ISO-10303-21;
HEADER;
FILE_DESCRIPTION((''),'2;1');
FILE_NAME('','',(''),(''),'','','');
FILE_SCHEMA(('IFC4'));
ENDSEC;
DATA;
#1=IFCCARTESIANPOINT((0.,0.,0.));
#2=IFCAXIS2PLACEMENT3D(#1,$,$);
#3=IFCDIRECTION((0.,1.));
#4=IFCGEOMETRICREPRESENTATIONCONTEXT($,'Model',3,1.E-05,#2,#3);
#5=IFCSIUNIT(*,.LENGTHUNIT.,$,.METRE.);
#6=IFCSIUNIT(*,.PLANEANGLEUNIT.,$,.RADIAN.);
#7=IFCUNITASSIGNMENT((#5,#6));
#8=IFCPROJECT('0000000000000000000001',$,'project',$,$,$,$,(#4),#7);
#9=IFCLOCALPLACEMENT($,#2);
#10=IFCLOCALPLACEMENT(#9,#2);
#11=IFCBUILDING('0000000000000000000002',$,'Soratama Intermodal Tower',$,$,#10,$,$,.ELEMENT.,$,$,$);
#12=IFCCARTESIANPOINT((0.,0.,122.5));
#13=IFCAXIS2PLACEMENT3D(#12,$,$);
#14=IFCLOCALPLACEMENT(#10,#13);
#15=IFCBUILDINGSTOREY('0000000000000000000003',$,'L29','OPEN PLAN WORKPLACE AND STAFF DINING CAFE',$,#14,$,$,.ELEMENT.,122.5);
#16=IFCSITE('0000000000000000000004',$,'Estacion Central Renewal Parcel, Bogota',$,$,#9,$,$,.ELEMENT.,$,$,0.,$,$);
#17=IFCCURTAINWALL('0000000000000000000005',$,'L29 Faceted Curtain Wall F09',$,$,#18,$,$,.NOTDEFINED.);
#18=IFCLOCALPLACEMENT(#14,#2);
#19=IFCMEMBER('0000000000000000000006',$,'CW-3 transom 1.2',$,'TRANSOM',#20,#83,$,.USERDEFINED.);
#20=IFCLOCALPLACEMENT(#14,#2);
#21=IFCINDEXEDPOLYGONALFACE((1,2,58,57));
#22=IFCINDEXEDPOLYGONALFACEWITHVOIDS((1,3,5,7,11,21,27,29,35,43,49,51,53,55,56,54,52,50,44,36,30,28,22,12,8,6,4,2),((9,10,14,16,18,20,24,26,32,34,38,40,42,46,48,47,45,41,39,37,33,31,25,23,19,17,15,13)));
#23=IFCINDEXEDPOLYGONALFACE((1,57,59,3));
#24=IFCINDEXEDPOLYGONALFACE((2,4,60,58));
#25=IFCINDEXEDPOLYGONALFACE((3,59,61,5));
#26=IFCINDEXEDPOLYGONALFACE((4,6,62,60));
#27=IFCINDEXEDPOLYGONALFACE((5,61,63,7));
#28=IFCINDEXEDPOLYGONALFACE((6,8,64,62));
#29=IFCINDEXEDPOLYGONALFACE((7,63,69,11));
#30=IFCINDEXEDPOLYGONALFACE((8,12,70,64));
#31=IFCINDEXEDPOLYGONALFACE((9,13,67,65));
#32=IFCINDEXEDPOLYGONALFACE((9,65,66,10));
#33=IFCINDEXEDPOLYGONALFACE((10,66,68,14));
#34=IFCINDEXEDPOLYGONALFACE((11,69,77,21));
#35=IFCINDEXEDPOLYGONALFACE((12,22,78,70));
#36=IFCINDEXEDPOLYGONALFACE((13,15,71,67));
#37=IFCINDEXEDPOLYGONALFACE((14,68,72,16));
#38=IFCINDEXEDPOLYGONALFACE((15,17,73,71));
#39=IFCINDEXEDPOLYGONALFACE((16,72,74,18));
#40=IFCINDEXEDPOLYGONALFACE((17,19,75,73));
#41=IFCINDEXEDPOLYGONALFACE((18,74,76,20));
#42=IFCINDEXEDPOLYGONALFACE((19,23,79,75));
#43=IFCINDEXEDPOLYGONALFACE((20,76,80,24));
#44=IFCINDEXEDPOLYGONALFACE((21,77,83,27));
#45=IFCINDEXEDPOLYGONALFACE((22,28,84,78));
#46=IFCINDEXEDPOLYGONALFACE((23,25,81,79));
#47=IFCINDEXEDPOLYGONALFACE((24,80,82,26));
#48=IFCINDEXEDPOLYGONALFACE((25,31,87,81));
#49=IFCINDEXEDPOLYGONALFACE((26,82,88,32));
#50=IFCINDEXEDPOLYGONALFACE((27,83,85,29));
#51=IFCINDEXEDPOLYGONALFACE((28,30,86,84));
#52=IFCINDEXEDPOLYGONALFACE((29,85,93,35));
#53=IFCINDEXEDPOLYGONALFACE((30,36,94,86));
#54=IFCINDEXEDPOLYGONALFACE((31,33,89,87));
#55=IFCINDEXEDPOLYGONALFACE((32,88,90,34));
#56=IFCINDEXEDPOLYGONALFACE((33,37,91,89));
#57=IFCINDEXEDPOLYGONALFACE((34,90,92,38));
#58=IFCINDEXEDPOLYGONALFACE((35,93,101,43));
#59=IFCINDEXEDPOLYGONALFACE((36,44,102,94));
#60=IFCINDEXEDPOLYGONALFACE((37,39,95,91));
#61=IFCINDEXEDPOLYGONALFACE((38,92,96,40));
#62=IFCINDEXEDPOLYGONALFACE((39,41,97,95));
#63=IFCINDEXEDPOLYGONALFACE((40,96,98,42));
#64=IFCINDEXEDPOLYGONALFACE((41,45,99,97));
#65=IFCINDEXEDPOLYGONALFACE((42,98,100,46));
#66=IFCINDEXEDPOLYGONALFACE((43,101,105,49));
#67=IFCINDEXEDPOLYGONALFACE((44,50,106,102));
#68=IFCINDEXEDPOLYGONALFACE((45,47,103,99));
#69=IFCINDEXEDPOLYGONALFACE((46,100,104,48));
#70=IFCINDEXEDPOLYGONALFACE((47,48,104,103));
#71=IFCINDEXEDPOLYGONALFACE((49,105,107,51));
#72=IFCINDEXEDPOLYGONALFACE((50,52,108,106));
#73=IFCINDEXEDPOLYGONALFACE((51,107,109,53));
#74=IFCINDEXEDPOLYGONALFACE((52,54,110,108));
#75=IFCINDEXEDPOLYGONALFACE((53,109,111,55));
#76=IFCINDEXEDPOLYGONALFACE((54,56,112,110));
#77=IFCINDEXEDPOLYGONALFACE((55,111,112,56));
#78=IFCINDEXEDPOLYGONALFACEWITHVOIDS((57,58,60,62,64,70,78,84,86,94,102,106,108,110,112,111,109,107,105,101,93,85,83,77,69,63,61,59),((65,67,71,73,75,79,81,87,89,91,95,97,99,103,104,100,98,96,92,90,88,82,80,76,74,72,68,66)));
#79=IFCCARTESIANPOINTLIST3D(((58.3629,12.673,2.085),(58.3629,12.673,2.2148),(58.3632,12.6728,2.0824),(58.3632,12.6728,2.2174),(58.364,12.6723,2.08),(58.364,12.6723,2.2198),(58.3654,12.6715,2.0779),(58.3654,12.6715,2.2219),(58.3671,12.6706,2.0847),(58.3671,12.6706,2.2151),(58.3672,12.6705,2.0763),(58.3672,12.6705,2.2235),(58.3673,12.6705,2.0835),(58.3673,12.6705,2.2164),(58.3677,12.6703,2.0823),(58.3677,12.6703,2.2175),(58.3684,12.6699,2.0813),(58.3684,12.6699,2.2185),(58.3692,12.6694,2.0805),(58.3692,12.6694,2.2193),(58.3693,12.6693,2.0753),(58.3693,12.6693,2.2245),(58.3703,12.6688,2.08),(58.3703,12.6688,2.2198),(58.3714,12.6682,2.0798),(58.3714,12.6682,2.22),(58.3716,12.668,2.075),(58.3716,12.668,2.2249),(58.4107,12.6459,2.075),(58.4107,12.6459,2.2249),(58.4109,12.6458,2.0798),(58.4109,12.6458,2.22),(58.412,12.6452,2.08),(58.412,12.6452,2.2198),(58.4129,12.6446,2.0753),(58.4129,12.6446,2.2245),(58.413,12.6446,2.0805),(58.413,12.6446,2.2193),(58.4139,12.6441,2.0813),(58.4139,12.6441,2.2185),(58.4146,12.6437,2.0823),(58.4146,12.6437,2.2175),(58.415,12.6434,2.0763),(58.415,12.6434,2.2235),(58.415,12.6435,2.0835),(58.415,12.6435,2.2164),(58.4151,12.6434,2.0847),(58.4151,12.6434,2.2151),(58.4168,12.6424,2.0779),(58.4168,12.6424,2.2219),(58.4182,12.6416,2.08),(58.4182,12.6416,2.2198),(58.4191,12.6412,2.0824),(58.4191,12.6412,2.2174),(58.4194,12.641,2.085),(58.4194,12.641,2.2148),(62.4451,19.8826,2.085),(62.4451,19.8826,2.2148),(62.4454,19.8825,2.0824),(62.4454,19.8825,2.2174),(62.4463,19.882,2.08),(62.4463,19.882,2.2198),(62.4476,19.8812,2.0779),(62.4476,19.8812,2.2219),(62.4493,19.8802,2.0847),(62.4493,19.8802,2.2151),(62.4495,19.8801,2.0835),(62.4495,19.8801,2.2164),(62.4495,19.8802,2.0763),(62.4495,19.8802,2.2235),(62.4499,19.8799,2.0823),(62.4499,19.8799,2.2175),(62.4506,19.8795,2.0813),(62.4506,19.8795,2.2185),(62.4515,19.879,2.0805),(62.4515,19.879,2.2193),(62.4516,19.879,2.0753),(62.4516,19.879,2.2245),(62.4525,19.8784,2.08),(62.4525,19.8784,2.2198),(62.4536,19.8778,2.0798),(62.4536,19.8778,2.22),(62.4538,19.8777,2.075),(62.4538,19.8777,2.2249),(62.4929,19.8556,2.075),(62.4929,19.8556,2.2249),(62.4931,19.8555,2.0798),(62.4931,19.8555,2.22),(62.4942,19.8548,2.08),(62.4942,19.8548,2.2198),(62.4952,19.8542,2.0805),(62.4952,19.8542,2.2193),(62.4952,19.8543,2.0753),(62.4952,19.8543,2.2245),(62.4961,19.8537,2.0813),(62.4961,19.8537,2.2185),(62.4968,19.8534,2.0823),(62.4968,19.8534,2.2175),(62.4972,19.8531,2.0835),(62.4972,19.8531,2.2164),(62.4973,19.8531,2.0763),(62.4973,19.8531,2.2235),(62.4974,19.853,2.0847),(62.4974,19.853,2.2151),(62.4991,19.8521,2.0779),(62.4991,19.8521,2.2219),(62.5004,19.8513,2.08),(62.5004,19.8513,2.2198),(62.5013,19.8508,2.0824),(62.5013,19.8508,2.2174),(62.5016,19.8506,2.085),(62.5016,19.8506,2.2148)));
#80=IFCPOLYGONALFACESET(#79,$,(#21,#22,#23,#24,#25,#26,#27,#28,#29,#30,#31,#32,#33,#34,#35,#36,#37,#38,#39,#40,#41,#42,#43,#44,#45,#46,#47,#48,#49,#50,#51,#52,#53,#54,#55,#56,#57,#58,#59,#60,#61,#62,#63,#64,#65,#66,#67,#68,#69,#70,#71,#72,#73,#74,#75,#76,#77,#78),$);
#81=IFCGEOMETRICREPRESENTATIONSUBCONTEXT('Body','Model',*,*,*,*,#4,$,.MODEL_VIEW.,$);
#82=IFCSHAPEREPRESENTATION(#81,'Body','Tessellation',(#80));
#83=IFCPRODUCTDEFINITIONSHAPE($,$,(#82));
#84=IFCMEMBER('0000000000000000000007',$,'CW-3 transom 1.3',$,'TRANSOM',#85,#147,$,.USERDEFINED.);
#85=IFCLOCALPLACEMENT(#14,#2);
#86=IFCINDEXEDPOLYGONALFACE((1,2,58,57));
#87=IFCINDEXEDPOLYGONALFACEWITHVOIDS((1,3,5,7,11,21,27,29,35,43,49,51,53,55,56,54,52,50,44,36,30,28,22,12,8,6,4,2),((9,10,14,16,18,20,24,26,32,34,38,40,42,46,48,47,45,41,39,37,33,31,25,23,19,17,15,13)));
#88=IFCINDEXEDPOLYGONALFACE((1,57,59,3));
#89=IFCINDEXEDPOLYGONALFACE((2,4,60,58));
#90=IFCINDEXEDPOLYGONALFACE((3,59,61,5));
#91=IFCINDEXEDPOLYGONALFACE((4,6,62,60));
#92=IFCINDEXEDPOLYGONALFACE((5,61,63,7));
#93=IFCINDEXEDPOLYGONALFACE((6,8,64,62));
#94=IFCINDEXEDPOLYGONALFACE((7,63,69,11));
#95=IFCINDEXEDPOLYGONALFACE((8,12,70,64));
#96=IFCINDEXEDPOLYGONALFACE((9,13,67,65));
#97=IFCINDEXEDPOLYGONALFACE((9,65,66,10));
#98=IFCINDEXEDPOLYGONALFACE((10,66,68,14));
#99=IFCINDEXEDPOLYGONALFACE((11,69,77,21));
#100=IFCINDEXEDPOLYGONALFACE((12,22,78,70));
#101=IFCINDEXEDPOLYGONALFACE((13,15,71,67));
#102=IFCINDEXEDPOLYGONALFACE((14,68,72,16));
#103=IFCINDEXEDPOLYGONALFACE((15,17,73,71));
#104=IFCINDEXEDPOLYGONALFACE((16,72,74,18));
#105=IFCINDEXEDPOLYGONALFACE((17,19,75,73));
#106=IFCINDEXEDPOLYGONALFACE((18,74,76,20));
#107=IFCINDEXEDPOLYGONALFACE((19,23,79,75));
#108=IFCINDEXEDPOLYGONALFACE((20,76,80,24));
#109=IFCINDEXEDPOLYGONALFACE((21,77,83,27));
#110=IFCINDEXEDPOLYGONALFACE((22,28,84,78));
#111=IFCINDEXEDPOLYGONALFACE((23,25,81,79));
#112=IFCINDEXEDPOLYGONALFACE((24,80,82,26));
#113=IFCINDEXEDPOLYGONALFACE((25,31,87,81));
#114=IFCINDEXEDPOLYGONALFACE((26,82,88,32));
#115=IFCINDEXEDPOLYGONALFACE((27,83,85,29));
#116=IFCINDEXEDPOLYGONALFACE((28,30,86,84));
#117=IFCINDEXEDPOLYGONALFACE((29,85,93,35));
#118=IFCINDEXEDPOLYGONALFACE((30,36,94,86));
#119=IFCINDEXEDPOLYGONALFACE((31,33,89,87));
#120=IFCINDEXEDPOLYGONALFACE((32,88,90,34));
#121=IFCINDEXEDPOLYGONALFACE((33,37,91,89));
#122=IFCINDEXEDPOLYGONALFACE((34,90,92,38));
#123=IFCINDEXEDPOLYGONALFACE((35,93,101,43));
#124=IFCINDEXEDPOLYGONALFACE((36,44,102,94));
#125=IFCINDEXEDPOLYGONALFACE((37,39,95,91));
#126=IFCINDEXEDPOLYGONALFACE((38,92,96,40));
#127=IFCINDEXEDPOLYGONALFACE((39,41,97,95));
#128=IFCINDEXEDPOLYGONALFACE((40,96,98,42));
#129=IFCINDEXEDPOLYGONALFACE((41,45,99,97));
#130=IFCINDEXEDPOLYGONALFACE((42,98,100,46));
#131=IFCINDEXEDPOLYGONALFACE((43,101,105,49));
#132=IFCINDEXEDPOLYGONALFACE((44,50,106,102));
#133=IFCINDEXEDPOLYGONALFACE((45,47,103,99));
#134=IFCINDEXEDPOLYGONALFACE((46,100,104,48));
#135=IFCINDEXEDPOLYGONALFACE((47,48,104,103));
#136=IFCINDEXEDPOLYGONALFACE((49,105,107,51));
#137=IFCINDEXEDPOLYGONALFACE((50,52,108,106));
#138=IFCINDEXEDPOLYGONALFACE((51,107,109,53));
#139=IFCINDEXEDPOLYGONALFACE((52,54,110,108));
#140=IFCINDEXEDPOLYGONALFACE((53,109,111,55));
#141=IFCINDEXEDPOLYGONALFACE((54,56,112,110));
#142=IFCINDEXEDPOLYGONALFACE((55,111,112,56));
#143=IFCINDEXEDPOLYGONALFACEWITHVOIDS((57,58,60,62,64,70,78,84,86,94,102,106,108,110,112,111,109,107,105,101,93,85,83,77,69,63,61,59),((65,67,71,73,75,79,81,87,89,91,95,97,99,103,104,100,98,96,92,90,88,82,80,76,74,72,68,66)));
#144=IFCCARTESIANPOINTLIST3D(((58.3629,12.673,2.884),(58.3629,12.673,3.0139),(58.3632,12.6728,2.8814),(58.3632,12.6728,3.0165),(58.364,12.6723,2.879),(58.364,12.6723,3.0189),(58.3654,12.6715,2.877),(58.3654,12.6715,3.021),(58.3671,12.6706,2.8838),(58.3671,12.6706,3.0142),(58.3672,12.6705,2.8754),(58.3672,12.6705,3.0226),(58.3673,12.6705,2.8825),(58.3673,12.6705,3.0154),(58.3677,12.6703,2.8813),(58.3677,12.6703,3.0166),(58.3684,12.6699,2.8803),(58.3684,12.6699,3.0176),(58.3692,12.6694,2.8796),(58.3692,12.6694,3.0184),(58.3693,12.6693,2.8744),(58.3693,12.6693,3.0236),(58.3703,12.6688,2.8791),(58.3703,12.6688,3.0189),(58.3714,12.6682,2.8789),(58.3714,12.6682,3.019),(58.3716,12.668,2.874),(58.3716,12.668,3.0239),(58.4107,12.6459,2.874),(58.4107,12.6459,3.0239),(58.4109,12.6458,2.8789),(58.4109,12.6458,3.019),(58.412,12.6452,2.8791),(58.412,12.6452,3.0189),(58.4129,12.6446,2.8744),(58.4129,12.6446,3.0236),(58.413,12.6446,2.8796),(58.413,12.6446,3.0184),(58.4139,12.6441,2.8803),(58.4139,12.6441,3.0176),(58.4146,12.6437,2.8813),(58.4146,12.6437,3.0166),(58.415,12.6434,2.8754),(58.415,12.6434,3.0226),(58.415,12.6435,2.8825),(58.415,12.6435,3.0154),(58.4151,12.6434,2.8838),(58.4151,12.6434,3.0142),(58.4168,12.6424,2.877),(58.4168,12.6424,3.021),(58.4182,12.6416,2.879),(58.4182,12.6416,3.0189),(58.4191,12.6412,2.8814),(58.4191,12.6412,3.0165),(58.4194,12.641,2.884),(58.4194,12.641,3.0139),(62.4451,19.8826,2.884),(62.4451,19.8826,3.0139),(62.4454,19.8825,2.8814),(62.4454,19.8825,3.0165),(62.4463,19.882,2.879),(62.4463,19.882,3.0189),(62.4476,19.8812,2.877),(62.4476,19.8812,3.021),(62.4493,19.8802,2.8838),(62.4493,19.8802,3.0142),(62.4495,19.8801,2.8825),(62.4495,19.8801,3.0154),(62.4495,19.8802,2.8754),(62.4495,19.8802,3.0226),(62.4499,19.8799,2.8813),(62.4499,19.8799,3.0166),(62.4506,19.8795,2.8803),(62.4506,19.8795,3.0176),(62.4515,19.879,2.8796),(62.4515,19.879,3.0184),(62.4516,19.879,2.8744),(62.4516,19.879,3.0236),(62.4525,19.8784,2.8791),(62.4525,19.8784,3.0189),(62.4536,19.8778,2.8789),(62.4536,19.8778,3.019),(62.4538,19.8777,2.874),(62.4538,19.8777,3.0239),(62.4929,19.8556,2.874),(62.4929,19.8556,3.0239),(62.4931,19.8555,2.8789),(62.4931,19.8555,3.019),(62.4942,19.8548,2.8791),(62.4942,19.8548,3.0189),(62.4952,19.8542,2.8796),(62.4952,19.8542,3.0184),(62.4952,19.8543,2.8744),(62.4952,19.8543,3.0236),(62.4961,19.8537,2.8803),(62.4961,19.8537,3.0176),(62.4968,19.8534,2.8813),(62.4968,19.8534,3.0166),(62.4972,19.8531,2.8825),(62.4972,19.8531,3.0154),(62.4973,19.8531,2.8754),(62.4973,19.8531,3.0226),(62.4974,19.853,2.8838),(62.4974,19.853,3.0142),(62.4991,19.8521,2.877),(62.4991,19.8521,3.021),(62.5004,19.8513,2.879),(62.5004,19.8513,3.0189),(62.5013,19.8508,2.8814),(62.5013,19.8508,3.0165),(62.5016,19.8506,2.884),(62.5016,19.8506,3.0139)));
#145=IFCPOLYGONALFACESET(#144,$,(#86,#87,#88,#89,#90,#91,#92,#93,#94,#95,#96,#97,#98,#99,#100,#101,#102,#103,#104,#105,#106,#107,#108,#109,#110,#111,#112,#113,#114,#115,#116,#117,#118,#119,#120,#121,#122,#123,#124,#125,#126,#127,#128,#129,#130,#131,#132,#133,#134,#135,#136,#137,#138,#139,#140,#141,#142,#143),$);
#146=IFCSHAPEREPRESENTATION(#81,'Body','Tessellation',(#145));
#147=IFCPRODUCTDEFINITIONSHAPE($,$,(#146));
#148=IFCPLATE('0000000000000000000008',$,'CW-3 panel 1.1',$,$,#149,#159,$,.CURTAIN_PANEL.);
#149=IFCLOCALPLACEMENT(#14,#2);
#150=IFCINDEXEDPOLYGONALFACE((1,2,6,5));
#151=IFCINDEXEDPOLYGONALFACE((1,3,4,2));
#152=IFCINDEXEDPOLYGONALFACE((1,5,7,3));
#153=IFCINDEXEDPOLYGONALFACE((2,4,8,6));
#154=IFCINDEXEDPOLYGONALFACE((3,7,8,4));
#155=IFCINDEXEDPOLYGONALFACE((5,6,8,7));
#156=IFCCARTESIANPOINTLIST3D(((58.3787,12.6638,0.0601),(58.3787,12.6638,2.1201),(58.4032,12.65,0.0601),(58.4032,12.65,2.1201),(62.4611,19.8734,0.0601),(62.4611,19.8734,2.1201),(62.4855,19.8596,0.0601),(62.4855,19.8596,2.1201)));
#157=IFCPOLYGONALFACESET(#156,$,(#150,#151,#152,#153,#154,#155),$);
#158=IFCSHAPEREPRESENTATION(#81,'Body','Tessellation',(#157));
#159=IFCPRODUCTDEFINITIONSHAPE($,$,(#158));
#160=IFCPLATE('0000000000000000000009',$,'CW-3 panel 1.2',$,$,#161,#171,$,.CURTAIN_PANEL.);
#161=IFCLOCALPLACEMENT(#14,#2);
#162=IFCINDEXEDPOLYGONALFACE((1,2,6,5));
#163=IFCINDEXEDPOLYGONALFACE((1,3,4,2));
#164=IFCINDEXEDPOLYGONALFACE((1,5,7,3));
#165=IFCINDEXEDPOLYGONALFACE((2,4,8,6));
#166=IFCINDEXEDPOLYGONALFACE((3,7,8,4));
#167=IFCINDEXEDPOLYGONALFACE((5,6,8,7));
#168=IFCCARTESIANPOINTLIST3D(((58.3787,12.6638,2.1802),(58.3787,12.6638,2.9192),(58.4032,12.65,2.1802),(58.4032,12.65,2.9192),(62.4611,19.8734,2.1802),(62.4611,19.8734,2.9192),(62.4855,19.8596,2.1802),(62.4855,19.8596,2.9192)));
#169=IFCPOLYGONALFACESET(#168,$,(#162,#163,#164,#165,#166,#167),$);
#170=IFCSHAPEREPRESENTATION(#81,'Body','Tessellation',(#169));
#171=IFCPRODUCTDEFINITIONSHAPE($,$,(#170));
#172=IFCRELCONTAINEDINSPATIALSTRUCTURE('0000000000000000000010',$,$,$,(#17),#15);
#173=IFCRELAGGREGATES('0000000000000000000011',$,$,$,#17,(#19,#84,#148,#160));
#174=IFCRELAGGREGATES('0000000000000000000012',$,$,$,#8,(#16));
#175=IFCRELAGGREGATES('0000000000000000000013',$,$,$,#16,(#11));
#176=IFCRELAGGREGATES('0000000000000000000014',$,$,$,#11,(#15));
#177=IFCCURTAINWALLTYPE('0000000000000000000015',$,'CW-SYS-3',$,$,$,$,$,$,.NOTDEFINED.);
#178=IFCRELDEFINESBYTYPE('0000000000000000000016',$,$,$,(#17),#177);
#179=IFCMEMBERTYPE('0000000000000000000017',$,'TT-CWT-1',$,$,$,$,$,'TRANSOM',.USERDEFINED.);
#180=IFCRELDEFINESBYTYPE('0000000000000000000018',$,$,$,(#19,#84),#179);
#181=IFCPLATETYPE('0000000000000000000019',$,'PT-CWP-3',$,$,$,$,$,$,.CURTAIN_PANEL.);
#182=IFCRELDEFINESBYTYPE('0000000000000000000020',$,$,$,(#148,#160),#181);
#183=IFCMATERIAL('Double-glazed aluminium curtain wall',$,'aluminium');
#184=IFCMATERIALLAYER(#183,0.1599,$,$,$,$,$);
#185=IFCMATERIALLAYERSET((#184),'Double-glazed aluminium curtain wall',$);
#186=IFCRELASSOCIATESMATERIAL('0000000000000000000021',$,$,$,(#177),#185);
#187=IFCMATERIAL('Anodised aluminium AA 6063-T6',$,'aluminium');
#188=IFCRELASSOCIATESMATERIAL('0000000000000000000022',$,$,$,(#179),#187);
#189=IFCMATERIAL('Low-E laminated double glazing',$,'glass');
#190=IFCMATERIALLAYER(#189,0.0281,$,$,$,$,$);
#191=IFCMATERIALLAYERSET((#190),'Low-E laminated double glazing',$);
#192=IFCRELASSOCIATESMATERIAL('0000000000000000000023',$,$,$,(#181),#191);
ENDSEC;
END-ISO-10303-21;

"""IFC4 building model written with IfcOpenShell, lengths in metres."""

from ifc_helpers import new_model, si_unit, direction, frame, origin, origin_2d, place, context, subcontext, project, spatial, rectangle, hollow_rectangle, extrude, material, layer, layer_set, material_profile, profile_set, type_object, element, aggregate, save


model = new_model("IFC4")

# Units and contexts
model_context = context("Model", 3, precision=1e-05, world=origin(), true_north=direction((0.0, 1.0)))
body_context = subcontext(model_context, "Body", "Model", "MODEL_VIEW")
ifc_project = project(units=[si_unit("LENGTHUNIT", "METRE"), si_unit("PLANEANGLEUNIT", "RADIAN")], contexts=[model_context])

# Site, building, storey
site_placement = place(None, origin())
site = spatial("IfcSite", under=ifc_project, at=site_placement, Name="Estacion Central Renewal Parcel, Bogota", CompositionType="ELEMENT", RefElevation=0.0)
building_placement = place(site_placement, origin())
building = spatial("IfcBuilding", under=site, at=building_placement, Name="Soratama Intermodal Tower", CompositionType="ELEMENT")
storey_placement = place(building_placement, frame((0.0, 0.0, 122.5)))
storey = spatial("IfcBuildingStorey", under=building, at=storey_placement, Name="L29", Description="OPEN PLAN WORKPLACE AND STAFF DINING CAFE", CompositionType="ELEMENT", Elevation=122.5)

# Curtain wall, members, plates
ifc_material_1 = material(Name="Double-glazed aluminium curtain wall", Category="aluminium")
ifc_layer_1 = layer(ifc_material_1, 0.1599)
ifc_layer_set_1 = layer_set([ifc_layer_1], Name="Double-glazed aluminium curtain wall")
curtain_wall_type = type_object("IfcCurtainWallType", Name="CW-SYS-3", PredefinedType="NOTDEFINED", material=ifc_layer_set_1)
curtain_wall_placement = place(storey_placement, origin())
curtain_wall = element("IfcCurtainWall", 1, at=curtain_wall_placement, inside=storey, type_object=curtain_wall_type, Name="L29 Faceted Curtain Wall F09", PredefinedType="NOTDEFINED")
ifc_material_2 = material(Name="Anodised aluminium AA 6063-T6", Category="aluminium")
ifc_material_profile_1 = material_profile(ifc_material_2, hollow_rectangle(XDim=0.0649, YDim=0.1499, WallThickness=0.0049, InnerFilletRadius=0.0049, OuterFilletRadius=0.01, at=origin_2d()), Name="CWT150X65X5")
ifc_profile_set_1 = profile_set([ifc_material_profile_1], Name="Anodised aluminium AA 6063-T6")
member_type_1 = type_object("IfcMemberType", Name="TT-CWT-1", ElementType="TRANSOM", PredefinedType="USERDEFINED", material=ifc_profile_set_1)
member_1_placement = place(storey_placement, frame((58.3911, 12.657, 2.1499), z_axis=(0.492717, 0.870189, 0.0), x_axis=(-0.870189, 0.492717, 0.0)))
member_1 = element("IfcMember", 2, at=member_1_placement, type_object=member_type_1, Name="CW-3 transom 1.2", ObjectType="TRANSOM", PredefinedType="USERDEFINED", context=body_context, shape_type="SweptSolid", body=[
    extrude(hollow_rectangle(XDim=0.0649, YDim=0.1499, WallThickness=0.0049, InnerFilletRadius=0.0049, OuterFilletRadius=0.01, at=origin_2d()), origin(), (0.0, 0.0, 1.0), 8.2852),
])
member_2_placement = place(storey_placement, frame((58.3911, 12.657, 2.949), z_axis=(0.492717, 0.870189, 0.0), x_axis=(-0.870189, 0.492717, 0.0)))
member_2 = element("IfcMember", 3, at=member_2_placement, type_object=member_type_1, Name="CW-3 transom 1.3", ObjectType="TRANSOM", PredefinedType="USERDEFINED", context=body_context, shape_type="SweptSolid", body=[
    extrude(hollow_rectangle(XDim=0.0649, YDim=0.1499, WallThickness=0.0049, InnerFilletRadius=0.0049, OuterFilletRadius=0.01, at=origin_2d()), origin(), (0.0, 0.0, 1.0), 8.2852),
])
ifc_material_3 = material(Name="Low-E laminated double glazing", Category="glass")
ifc_layer_2 = layer(ifc_material_3, 0.0281)
ifc_layer_set_2 = layer_set([ifc_layer_2], Name="Low-E laminated double glazing")
plate_type = type_object("IfcPlateType", Name="PT-CWP-3", PredefinedType="CURTAIN_PANEL", material=ifc_layer_set_2)
plate_1_placement = place(storey_placement, frame((60.4321, 16.2617, 0.0601), z_axis=(0.0, 0.0, 1.0), x_axis=(0.492728, 0.870183, 0.0)))
plate_1 = element("IfcPlate", 4, at=plate_1_placement, type_object=plate_type, Name="CW-3 panel 1.1", PredefinedType="CURTAIN_PANEL", context=body_context, shape_type="SweptSolid", body=[
    extrude(rectangle(XDim=8.2852, YDim=0.0281, at=origin_2d()), origin(), (0.0, 0.0, 1.0), 2.0601),
])
plate_2_placement = place(storey_placement, frame((60.4321, 16.2617, 2.1802), z_axis=(0.0, 0.0, 1.0), x_axis=(0.492728, 0.870183, 0.0)))
plate_2 = element("IfcPlate", 5, at=plate_2_placement, type_object=plate_type, Name="CW-3 panel 1.2", PredefinedType="CURTAIN_PANEL", context=body_context, shape_type="SweptSolid", body=[
    extrude(rectangle(XDim=8.2852, YDim=0.0281, at=origin_2d()), origin(), (0.0, 0.0, 1.0), 0.739),
])
aggregate(curtain_wall, [member_1, member_2, plate_1, plate_2])

save(model, "model.ifc")
